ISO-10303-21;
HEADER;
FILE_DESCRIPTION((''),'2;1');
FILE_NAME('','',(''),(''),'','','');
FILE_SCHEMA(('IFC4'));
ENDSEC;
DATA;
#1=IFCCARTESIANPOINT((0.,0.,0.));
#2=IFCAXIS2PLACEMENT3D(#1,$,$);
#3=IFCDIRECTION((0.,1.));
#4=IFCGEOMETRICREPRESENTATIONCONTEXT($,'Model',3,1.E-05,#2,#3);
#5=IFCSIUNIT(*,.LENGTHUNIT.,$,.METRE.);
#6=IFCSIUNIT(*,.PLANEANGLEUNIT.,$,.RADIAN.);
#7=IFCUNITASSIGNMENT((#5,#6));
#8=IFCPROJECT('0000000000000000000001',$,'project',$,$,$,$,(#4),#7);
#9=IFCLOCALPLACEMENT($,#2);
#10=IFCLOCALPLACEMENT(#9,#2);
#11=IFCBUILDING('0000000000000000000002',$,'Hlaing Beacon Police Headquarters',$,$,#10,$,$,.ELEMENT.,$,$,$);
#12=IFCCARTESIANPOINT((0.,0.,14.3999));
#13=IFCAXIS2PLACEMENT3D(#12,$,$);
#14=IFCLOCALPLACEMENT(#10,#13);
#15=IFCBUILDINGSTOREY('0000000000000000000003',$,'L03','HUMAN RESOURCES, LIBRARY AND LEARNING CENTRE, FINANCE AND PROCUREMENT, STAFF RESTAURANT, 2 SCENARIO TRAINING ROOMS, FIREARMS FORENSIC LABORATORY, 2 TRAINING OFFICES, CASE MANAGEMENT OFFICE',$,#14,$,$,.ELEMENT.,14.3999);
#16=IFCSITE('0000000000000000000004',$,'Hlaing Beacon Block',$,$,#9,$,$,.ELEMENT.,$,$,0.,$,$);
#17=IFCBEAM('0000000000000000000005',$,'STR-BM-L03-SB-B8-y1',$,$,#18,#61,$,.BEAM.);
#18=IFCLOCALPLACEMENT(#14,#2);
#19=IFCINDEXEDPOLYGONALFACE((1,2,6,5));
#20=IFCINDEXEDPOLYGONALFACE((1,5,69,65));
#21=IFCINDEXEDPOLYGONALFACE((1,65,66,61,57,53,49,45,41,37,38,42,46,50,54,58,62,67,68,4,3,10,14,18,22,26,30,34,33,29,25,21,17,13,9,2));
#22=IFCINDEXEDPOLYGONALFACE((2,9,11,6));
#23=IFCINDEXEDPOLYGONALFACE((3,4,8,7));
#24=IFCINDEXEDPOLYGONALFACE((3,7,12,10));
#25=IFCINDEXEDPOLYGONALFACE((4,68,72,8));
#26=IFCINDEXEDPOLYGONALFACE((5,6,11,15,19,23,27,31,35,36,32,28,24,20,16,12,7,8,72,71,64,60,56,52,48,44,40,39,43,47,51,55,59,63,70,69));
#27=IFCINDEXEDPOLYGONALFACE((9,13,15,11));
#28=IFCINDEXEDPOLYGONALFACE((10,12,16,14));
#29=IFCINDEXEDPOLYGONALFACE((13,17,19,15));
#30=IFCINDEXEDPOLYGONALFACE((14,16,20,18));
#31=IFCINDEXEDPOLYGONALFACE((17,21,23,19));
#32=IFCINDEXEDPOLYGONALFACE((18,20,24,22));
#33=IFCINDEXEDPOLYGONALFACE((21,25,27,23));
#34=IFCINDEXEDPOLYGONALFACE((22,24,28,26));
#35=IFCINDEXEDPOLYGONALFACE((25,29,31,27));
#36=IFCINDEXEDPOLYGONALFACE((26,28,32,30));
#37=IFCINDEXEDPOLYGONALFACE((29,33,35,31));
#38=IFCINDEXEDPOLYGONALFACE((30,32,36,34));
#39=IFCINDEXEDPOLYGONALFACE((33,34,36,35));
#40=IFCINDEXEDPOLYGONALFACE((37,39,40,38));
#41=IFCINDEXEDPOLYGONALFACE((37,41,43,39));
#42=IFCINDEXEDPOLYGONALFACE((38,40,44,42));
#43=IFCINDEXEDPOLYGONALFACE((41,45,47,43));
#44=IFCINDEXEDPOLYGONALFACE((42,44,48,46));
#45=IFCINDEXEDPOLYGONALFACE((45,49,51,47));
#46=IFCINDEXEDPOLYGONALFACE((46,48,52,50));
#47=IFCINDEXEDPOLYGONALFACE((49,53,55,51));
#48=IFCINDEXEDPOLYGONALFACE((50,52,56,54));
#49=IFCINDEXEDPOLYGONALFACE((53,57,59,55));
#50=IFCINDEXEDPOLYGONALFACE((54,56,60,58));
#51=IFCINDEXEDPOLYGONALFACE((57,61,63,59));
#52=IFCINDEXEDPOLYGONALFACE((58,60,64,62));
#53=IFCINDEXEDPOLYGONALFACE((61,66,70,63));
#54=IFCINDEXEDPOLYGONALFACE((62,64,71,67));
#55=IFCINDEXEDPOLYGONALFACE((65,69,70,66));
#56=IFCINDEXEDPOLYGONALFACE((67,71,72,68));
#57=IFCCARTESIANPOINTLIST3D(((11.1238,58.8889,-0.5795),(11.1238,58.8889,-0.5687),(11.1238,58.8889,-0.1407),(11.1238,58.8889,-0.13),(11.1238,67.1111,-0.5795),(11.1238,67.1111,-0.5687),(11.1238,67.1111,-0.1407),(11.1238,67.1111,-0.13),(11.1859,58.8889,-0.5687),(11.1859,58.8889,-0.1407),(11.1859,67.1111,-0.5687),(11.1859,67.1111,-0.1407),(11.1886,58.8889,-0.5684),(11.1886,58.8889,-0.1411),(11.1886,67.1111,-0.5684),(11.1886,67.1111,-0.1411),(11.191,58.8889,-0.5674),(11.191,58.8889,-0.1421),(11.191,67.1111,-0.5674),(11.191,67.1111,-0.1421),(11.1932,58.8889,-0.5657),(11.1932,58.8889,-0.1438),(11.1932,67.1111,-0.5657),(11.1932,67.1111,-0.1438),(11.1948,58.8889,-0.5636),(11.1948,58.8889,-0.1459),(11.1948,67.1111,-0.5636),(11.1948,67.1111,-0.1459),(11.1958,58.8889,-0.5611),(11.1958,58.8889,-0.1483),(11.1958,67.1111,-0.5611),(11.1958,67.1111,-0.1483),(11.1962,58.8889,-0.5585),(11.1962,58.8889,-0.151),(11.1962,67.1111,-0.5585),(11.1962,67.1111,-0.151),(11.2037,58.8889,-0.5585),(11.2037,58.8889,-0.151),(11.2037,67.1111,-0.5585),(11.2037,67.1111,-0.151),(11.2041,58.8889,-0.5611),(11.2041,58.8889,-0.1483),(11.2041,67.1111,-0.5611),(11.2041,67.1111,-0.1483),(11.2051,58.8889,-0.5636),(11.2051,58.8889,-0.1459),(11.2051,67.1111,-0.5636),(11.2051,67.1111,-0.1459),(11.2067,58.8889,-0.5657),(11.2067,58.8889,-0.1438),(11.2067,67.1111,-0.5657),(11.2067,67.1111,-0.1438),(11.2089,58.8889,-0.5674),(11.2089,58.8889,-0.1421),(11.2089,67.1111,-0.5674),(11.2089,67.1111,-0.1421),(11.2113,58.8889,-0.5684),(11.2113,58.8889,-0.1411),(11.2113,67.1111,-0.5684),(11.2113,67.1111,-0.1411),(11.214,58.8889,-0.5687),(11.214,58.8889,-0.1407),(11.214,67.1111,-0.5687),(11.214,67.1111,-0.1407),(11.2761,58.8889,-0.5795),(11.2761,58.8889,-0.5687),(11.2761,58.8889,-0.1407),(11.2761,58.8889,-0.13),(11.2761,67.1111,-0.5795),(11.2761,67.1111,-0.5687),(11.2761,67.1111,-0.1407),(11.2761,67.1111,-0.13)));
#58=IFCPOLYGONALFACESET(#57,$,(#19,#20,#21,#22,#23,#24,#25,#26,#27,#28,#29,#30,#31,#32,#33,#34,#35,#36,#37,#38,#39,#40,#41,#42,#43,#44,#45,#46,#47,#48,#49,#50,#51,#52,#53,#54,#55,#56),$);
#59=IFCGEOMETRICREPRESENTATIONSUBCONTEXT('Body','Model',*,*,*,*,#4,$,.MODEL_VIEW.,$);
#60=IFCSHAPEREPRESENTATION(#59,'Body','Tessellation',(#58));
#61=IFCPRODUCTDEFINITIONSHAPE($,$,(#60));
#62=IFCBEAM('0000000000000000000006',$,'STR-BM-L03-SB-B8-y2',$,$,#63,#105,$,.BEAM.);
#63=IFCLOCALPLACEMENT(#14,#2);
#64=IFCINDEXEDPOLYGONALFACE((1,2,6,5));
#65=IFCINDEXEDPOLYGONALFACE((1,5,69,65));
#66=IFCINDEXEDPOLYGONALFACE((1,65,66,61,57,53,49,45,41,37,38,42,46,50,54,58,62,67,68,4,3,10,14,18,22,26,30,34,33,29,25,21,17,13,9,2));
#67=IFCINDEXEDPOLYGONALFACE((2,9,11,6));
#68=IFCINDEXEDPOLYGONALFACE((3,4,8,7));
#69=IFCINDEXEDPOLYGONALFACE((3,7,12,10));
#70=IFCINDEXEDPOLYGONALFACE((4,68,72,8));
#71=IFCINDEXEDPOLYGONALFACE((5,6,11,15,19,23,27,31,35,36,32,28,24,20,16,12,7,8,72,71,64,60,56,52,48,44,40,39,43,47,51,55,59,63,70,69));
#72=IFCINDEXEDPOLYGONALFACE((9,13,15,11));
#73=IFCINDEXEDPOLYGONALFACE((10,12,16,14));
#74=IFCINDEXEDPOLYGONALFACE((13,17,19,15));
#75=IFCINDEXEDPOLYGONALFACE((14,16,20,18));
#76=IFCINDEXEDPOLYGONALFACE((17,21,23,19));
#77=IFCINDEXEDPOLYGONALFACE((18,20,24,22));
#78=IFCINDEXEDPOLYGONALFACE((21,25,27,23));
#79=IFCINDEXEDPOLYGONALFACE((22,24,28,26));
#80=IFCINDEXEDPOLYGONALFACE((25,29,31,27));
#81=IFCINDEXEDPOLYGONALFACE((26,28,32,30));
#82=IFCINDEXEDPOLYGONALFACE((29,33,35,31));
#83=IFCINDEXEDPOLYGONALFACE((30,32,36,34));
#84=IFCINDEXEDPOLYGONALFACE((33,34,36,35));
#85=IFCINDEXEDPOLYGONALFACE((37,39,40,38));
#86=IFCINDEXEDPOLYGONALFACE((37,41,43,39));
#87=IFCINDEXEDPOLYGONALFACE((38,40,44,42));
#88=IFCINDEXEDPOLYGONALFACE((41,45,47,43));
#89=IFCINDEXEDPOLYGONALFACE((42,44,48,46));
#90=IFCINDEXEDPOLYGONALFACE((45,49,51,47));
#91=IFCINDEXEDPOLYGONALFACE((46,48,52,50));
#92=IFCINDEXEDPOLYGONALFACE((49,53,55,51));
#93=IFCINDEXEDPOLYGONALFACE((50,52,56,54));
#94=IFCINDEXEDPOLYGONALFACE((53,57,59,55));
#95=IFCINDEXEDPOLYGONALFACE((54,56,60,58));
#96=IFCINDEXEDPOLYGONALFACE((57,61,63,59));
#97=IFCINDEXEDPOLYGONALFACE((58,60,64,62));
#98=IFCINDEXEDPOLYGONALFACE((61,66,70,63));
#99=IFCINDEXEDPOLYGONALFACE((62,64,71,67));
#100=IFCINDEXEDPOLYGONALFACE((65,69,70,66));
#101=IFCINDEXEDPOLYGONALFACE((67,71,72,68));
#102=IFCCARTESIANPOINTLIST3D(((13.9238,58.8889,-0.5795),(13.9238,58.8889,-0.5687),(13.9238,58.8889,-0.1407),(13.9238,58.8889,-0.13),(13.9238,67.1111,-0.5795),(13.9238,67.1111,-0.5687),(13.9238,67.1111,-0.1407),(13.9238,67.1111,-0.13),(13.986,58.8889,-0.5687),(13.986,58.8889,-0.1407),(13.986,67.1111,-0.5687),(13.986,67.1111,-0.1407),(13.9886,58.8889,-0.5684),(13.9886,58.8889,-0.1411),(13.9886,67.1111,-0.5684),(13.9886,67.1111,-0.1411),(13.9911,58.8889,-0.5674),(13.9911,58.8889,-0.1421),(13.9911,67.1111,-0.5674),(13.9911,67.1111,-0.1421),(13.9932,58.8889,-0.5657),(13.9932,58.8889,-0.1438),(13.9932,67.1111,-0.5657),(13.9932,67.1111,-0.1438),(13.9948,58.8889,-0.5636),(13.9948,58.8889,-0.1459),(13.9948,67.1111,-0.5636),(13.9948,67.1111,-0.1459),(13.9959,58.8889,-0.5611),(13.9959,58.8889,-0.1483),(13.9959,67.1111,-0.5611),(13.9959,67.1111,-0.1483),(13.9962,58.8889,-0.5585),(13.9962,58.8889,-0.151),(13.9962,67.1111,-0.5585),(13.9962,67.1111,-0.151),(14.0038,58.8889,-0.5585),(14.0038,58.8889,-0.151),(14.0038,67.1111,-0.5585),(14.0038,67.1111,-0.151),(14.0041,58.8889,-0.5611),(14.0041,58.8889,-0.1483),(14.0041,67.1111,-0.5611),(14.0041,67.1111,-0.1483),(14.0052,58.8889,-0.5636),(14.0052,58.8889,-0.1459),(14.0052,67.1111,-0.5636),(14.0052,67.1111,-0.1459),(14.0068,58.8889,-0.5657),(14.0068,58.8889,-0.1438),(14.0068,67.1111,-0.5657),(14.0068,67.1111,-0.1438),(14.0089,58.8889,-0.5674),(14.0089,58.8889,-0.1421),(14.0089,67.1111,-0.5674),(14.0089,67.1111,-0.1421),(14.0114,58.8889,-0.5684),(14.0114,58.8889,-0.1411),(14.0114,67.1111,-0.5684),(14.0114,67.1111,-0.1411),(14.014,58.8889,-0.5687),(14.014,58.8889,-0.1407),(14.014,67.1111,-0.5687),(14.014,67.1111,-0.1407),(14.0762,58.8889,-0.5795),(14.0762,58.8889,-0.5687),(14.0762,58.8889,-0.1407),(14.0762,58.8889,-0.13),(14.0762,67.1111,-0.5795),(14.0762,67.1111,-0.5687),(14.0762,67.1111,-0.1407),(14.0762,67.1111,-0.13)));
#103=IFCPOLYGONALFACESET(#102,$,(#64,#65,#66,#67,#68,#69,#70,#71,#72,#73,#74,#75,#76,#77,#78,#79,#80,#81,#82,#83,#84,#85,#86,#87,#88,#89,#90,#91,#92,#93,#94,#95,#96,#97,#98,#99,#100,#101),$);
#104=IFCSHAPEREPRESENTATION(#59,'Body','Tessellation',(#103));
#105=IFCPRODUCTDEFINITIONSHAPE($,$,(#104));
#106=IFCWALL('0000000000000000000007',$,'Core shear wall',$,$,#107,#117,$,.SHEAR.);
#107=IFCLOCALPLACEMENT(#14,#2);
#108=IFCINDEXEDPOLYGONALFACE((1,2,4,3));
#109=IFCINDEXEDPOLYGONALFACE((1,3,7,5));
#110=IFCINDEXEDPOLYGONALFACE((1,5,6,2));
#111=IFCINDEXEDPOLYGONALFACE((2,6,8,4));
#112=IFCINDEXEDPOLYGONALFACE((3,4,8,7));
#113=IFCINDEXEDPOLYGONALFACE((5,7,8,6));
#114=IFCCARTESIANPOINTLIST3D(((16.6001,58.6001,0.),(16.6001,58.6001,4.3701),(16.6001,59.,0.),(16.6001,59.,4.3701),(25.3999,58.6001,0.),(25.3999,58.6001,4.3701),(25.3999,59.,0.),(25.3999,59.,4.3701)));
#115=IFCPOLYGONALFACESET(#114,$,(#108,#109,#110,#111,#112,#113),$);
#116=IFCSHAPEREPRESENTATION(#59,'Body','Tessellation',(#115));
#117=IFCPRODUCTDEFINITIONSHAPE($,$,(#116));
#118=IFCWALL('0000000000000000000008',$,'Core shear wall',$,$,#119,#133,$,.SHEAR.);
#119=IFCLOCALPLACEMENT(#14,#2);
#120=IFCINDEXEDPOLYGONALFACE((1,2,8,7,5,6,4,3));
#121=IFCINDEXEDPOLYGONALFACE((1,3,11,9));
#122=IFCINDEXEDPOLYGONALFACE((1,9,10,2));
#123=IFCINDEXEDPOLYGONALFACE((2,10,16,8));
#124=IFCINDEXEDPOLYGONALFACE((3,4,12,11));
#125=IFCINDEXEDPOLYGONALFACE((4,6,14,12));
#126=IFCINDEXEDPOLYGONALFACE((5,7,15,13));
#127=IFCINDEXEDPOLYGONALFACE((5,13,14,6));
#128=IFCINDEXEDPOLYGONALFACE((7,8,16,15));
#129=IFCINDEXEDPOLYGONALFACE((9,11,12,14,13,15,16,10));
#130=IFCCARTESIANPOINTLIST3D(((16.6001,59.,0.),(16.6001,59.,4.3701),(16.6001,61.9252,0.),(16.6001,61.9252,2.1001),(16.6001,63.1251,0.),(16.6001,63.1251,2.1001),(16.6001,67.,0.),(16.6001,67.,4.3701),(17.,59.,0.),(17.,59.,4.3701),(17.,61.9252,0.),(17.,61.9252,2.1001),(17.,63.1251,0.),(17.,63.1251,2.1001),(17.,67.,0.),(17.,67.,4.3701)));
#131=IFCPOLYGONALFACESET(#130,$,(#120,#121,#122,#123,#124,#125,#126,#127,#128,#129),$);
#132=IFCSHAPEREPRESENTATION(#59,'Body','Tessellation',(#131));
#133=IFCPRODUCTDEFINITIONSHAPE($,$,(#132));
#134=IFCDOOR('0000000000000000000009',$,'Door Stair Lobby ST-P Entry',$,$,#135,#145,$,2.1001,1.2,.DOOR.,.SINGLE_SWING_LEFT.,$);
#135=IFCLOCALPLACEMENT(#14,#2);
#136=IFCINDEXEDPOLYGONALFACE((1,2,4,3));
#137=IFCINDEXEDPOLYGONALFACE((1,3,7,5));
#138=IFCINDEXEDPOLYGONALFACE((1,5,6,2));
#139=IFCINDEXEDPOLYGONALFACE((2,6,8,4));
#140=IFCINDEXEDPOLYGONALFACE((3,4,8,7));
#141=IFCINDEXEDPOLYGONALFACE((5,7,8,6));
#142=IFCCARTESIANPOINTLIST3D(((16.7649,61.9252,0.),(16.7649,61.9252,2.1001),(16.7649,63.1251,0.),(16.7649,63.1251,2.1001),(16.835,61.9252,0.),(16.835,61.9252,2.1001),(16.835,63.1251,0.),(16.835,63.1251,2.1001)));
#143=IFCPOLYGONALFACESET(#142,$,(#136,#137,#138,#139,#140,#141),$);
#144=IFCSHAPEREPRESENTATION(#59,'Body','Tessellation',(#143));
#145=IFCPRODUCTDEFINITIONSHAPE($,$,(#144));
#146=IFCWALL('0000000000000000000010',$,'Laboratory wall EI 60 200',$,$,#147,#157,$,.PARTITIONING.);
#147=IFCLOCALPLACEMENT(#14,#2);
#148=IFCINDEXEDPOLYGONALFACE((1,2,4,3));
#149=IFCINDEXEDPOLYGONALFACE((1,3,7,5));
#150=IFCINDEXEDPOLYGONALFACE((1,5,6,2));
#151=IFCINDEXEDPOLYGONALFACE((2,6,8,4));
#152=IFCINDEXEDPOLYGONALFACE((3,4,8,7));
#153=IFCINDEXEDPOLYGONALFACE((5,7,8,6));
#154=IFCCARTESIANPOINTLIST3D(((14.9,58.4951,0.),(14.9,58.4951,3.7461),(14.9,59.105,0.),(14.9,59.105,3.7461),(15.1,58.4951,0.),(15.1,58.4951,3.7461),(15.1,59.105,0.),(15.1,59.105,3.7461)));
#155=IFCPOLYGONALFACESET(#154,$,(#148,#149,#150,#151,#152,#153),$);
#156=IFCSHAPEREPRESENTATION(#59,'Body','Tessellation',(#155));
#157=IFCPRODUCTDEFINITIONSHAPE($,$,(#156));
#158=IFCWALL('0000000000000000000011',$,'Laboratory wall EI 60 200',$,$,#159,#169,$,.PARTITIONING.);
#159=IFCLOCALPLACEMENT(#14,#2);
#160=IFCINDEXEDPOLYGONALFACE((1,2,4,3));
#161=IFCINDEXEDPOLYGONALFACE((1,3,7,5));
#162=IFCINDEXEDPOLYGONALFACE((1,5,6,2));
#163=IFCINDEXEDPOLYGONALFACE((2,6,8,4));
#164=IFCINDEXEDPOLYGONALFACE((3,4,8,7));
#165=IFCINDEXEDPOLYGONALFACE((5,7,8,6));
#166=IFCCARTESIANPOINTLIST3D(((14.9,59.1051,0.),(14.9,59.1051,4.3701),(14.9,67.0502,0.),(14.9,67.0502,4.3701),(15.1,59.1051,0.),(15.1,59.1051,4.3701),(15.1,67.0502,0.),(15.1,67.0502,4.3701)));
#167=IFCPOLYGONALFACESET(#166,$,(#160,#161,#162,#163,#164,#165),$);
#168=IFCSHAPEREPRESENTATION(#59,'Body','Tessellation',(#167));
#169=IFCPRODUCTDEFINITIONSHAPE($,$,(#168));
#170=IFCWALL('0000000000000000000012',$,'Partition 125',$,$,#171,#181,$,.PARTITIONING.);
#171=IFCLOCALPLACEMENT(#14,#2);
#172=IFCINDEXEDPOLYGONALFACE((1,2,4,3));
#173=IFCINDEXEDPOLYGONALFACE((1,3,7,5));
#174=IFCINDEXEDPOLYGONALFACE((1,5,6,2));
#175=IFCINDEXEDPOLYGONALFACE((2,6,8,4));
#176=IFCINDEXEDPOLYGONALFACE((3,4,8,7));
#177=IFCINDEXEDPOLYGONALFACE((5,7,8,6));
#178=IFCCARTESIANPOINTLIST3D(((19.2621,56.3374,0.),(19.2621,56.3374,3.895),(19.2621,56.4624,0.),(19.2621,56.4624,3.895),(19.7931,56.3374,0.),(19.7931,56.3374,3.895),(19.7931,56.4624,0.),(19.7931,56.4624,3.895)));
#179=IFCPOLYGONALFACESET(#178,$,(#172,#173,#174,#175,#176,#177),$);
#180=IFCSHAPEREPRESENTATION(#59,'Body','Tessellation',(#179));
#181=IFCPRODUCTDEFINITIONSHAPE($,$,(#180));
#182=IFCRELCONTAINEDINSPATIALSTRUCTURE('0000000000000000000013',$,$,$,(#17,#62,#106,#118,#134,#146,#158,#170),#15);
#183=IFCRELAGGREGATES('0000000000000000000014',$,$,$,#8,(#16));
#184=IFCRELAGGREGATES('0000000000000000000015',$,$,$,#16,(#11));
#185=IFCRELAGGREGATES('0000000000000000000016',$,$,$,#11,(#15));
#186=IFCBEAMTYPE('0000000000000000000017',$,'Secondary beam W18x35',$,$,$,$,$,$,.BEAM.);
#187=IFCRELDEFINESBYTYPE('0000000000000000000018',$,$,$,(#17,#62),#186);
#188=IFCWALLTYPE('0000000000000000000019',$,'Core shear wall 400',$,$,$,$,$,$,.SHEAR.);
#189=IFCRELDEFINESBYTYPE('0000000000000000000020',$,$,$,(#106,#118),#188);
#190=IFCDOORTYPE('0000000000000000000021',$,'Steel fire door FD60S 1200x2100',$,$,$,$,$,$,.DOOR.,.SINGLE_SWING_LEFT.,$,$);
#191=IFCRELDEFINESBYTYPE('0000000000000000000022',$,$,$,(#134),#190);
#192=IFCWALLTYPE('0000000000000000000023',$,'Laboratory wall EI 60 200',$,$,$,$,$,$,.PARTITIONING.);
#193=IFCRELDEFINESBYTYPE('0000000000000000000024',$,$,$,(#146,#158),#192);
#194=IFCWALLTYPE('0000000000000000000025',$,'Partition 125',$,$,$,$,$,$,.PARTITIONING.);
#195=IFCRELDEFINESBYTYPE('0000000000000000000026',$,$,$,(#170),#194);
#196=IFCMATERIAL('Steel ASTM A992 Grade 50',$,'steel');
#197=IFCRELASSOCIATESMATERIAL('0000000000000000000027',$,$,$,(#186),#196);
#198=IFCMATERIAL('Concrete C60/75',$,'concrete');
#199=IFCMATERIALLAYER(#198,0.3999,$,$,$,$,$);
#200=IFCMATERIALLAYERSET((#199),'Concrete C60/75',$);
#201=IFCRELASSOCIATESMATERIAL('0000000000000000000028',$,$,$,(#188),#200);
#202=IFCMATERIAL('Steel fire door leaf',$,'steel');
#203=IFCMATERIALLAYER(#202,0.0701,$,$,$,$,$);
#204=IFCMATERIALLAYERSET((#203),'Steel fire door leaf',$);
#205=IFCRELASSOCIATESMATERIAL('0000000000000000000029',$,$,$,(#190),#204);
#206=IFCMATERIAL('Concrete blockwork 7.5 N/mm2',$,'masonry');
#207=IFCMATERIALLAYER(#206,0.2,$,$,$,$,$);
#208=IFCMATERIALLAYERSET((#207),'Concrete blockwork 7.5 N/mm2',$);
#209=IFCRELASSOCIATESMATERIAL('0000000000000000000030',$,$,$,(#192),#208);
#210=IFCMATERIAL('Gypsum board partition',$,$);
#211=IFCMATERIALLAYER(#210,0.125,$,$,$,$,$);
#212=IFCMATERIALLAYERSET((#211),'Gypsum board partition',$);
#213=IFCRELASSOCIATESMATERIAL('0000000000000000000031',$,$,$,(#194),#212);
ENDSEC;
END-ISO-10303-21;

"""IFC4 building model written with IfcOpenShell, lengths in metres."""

from ifc_helpers import new_model, si_unit, direction, frame, frame_2d, origin, origin_2d, place, context, subcontext, project, spatial, rectangle, i_section, extrude, material, layer, layer_set, material_profile, profile_set, type_object, element, fill, save


model = new_model("IFC4")

# Units and contexts
model_context = context("Model", 3, precision=1e-05, world=origin(), true_north=direction((0.0, 1.0)))
body_context = subcontext(model_context, "Body", "Model", "MODEL_VIEW")
ifc_project = project(units=[si_unit("LENGTHUNIT", "METRE"), si_unit("PLANEANGLEUNIT", "RADIAN")], contexts=[model_context])

# Site, building, storey
site_placement = place(None, origin())
site = spatial("IfcSite", under=ifc_project, at=site_placement, Name="Hlaing Beacon Block", CompositionType="ELEMENT", RefElevation=0.0)
building_placement = place(site_placement, origin())
building = spatial("IfcBuilding", under=site, at=building_placement, Name="Hlaing Beacon Police Headquarters", CompositionType="ELEMENT")
storey_placement = place(building_placement, frame((0.0, 0.0, 14.3999)))
storey = spatial("IfcBuildingStorey", under=building, at=storey_placement, Name="L03", Description="HUMAN RESOURCES, LIBRARY AND LEARNING CENTRE, FINANCE AND PROCUREMENT, STAFF RESTAURANT, 2 SCENARIO TRAINING ROOMS, FIREARMS FORENSIC LABORATORY, 2 TRAINING OFFICES, CASE MANAGEMENT OFFICE", CompositionType="ELEMENT", Elevation=14.3999)

# Beams
ifc_material_1 = material(Name="Steel ASTM A992 Grade 50", Category="steel")
ifc_material_profile_1 = material_profile(ifc_material_1, i_section(OverallWidth=0.1523, OverallDepth=0.4495, WebThickness=0.0076, FlangeThickness=0.0107, FilletRadius=0.0103, at=origin_2d()), Name="W18x35")
ifc_profile_set_1 = profile_set([ifc_material_profile_1], Name="Steel ASTM A992 Grade 50")
beam_type_1 = type_object("IfcBeamType", Name="Secondary beam W18x35", PredefinedType="BEAM", material=ifc_profile_set_1)
for number, where, z_axis, x_axis, name in (
    (1, (11.2, 58.8889, -0.3547), (0.0, 1.0, 0.0), (-1.0, 0.0, 0.0), "STR-BM-L03-SB-B8-y1"),
    (2, (14.0, 58.8889, -0.3547), (0.0, 1.0, 0.0), (-1.0, 0.0, 0.0), "STR-BM-L03-SB-B8-y2"),
):
    element("IfcBeam", number, at=place(storey_placement, frame(where, z_axis=z_axis, x_axis=x_axis)), inside=storey, type_object=beam_type_1, Name=name, PredefinedType="BEAM", context=body_context, shape_type="SweptSolid", body=[
        extrude(i_section(OverallWidth=0.1523, OverallDepth=0.4495, WebThickness=0.0076, FlangeThickness=0.0107, FilletRadius=0.0103, at=origin_2d()), origin(), (0.0, 0.0, 1.0), 8.2222),
    ])

# Wall
ifc_material_2 = material(Name="Concrete C60/75", Category="concrete")
ifc_layer_1 = layer(ifc_material_2, 0.3999)
ifc_layer_set_1 = layer_set([ifc_layer_1], Name="Concrete C60/75")
wall_type_1 = type_object("IfcWallType", Name="Core shear wall 400", PredefinedType="SHEAR", material=ifc_layer_set_1)
wall_1_placement = place(storey_placement, frame((16.6001, 58.8, 0.0), z_axis=(0.0, 0.0, 1.0), x_axis=(1.0, 0.0, 0.0)))
element("IfcWall", 3, at=wall_1_placement, inside=storey, type_object=wall_type_1, Name="Core shear wall", PredefinedType="SHEAR", context=body_context, shape_type="SweptSolid", body=[
    extrude(rectangle(XDim=8.7998, YDim=0.3999, at=frame_2d((4.3999, 0.0))), origin(), (0.0, 0.0, 1.0), 4.3701),
])

# Wall, opening, door
wall_2_placement = place(storey_placement, frame((16.8, 59.0, 0.0), z_axis=(0.0, 0.0, 1.0), x_axis=(0.0, 1.0, 0.0)))
wall_2 = element("IfcWall", 4, at=wall_2_placement, inside=storey, type_object=wall_type_1, Name="Core shear wall", PredefinedType="SHEAR", context=body_context, shape_type="SweptSolid", body=[
    extrude(rectangle(XDim=8.0, YDim=0.3999, at=frame_2d((4.0, 0.0))), origin(), (0.0, 0.0, 1.0), 4.3701),
])
opening_1_placement = place(wall_2_placement, frame((2.925, 0.0, 0.0)))
opening_1 = element("IfcOpeningElement", 5, at=opening_1_placement, cuts=wall_2, PredefinedType="OPENING", context=body_context, shape_type="SweptSolid", body=[
    extrude(rectangle(XDim=1.2, YDim=2.1001, at=frame_2d((0.6001, 1.05))), frame((0.0, 0.21, 0.0), z_axis=(0.0, -1.0, 0.0), x_axis=(1.0, 0.0, 0.0)), (0.0, 0.0, 1.0), 0.4199),
])
ifc_material_3 = material(Name="Steel fire door leaf", Category="steel")
ifc_layer_2 = layer(ifc_material_3, 0.0701)
ifc_layer_set_2 = layer_set([ifc_layer_2], Name="Steel fire door leaf")
door_type_1 = type_object("IfcDoorType", Name="Steel fire door FD60S 1200x2100", OperationType="SINGLE_SWING_LEFT", PredefinedType="DOOR", material=ifc_layer_set_2)
door_1_placement = place(opening_1_placement, frame((1.2, 0.0, 0.0), z_axis=(0.0, 0.0, 1.0), x_axis=(-1.0, 0.0, 0.0)))
door_1 = element("IfcDoor", 6, at=door_1_placement, inside=storey, type_object=door_type_1, Name="Door Stair Lobby ST-P Entry", OperationType="SINGLE_SWING_LEFT", OverallHeight=2.1001, OverallWidth=1.2, PredefinedType="DOOR", context=body_context, shape_type="SweptSolid", body=[
    extrude(rectangle(XDim=1.2, YDim=2.1001, at=frame_2d((0.5999, 1.05))), frame((0.0, 0.0349, 0.0), z_axis=(0.0, -1.0, 0.0), x_axis=(1.0, 0.0, 0.0)), (0.0, 0.0, 1.0), 0.0701),
])
fill(opening_1, door_1)

# Walls
ifc_material_4 = material(Name="Concrete blockwork 7.5 N/mm2", Category="masonry")
ifc_layer_3 = layer(ifc_material_4, 0.2)
ifc_layer_set_3 = layer_set([ifc_layer_3], Name="Concrete blockwork 7.5 N/mm2")
wall_type_2 = type_object("IfcWallType", Name="Laboratory wall EI 60 200", PredefinedType="PARTITIONING", material=ifc_layer_set_3)
wall_3_placement = place(storey_placement, frame((15.0, 58.4951, 0.0), z_axis=(0.0, 0.0, 1.0), x_axis=(0.0, 1.0, 0.0)))
element("IfcWall", 7, at=wall_3_placement, inside=storey, type_object=wall_type_2, Name="Laboratory wall EI 60 200", PredefinedType="PARTITIONING", context=body_context, shape_type="SweptSolid", body=[
    extrude(rectangle(XDim=0.6099, YDim=0.2, at=frame_2d((0.3049, 0.0))), origin(), (0.0, 0.0, 1.0), 3.7461),
])
wall_4_placement = place(storey_placement, frame((15.0, 59.105, 0.0), z_axis=(0.0, 0.0, 1.0), x_axis=(0.0, 1.0, 0.0)))
element("IfcWall", 8, at=wall_4_placement, inside=storey, type_object=wall_type_2, Name="Laboratory wall EI 60 200", PredefinedType="PARTITIONING", context=body_context, shape_type="SweptSolid", body=[
    extrude(rectangle(XDim=7.9451, YDim=0.2, at=frame_2d((3.9727, 0.0))), origin(), (0.0, 0.0, 1.0), 4.3701),
])
ifc_material_5 = material(Name="Gypsum board partition")
ifc_layer_4 = layer(ifc_material_5, 0.125)
ifc_layer_set_4 = layer_set([ifc_layer_4], Name="Gypsum board partition")
wall_type_3 = type_object("IfcWallType", Name="Partition 125", PredefinedType="PARTITIONING", material=ifc_layer_set_4)
wall_5_placement = place(storey_placement, frame((19.262, 56.3999, 0.0), z_axis=(0.0, 0.0, 1.0), x_axis=(1.0, 0.0, 0.0)))
element("IfcWall", 9, at=wall_5_placement, inside=storey, type_object=wall_type_3, Name="Partition 125", PredefinedType="PARTITIONING", context=body_context, shape_type="SweptSolid", body=[
    extrude(rectangle(XDim=0.531, YDim=0.125, at=frame_2d((0.2656, 0.0))), origin(), (0.0, 0.0, 1.0), 3.895),
])

save(model, "model.ifc")
